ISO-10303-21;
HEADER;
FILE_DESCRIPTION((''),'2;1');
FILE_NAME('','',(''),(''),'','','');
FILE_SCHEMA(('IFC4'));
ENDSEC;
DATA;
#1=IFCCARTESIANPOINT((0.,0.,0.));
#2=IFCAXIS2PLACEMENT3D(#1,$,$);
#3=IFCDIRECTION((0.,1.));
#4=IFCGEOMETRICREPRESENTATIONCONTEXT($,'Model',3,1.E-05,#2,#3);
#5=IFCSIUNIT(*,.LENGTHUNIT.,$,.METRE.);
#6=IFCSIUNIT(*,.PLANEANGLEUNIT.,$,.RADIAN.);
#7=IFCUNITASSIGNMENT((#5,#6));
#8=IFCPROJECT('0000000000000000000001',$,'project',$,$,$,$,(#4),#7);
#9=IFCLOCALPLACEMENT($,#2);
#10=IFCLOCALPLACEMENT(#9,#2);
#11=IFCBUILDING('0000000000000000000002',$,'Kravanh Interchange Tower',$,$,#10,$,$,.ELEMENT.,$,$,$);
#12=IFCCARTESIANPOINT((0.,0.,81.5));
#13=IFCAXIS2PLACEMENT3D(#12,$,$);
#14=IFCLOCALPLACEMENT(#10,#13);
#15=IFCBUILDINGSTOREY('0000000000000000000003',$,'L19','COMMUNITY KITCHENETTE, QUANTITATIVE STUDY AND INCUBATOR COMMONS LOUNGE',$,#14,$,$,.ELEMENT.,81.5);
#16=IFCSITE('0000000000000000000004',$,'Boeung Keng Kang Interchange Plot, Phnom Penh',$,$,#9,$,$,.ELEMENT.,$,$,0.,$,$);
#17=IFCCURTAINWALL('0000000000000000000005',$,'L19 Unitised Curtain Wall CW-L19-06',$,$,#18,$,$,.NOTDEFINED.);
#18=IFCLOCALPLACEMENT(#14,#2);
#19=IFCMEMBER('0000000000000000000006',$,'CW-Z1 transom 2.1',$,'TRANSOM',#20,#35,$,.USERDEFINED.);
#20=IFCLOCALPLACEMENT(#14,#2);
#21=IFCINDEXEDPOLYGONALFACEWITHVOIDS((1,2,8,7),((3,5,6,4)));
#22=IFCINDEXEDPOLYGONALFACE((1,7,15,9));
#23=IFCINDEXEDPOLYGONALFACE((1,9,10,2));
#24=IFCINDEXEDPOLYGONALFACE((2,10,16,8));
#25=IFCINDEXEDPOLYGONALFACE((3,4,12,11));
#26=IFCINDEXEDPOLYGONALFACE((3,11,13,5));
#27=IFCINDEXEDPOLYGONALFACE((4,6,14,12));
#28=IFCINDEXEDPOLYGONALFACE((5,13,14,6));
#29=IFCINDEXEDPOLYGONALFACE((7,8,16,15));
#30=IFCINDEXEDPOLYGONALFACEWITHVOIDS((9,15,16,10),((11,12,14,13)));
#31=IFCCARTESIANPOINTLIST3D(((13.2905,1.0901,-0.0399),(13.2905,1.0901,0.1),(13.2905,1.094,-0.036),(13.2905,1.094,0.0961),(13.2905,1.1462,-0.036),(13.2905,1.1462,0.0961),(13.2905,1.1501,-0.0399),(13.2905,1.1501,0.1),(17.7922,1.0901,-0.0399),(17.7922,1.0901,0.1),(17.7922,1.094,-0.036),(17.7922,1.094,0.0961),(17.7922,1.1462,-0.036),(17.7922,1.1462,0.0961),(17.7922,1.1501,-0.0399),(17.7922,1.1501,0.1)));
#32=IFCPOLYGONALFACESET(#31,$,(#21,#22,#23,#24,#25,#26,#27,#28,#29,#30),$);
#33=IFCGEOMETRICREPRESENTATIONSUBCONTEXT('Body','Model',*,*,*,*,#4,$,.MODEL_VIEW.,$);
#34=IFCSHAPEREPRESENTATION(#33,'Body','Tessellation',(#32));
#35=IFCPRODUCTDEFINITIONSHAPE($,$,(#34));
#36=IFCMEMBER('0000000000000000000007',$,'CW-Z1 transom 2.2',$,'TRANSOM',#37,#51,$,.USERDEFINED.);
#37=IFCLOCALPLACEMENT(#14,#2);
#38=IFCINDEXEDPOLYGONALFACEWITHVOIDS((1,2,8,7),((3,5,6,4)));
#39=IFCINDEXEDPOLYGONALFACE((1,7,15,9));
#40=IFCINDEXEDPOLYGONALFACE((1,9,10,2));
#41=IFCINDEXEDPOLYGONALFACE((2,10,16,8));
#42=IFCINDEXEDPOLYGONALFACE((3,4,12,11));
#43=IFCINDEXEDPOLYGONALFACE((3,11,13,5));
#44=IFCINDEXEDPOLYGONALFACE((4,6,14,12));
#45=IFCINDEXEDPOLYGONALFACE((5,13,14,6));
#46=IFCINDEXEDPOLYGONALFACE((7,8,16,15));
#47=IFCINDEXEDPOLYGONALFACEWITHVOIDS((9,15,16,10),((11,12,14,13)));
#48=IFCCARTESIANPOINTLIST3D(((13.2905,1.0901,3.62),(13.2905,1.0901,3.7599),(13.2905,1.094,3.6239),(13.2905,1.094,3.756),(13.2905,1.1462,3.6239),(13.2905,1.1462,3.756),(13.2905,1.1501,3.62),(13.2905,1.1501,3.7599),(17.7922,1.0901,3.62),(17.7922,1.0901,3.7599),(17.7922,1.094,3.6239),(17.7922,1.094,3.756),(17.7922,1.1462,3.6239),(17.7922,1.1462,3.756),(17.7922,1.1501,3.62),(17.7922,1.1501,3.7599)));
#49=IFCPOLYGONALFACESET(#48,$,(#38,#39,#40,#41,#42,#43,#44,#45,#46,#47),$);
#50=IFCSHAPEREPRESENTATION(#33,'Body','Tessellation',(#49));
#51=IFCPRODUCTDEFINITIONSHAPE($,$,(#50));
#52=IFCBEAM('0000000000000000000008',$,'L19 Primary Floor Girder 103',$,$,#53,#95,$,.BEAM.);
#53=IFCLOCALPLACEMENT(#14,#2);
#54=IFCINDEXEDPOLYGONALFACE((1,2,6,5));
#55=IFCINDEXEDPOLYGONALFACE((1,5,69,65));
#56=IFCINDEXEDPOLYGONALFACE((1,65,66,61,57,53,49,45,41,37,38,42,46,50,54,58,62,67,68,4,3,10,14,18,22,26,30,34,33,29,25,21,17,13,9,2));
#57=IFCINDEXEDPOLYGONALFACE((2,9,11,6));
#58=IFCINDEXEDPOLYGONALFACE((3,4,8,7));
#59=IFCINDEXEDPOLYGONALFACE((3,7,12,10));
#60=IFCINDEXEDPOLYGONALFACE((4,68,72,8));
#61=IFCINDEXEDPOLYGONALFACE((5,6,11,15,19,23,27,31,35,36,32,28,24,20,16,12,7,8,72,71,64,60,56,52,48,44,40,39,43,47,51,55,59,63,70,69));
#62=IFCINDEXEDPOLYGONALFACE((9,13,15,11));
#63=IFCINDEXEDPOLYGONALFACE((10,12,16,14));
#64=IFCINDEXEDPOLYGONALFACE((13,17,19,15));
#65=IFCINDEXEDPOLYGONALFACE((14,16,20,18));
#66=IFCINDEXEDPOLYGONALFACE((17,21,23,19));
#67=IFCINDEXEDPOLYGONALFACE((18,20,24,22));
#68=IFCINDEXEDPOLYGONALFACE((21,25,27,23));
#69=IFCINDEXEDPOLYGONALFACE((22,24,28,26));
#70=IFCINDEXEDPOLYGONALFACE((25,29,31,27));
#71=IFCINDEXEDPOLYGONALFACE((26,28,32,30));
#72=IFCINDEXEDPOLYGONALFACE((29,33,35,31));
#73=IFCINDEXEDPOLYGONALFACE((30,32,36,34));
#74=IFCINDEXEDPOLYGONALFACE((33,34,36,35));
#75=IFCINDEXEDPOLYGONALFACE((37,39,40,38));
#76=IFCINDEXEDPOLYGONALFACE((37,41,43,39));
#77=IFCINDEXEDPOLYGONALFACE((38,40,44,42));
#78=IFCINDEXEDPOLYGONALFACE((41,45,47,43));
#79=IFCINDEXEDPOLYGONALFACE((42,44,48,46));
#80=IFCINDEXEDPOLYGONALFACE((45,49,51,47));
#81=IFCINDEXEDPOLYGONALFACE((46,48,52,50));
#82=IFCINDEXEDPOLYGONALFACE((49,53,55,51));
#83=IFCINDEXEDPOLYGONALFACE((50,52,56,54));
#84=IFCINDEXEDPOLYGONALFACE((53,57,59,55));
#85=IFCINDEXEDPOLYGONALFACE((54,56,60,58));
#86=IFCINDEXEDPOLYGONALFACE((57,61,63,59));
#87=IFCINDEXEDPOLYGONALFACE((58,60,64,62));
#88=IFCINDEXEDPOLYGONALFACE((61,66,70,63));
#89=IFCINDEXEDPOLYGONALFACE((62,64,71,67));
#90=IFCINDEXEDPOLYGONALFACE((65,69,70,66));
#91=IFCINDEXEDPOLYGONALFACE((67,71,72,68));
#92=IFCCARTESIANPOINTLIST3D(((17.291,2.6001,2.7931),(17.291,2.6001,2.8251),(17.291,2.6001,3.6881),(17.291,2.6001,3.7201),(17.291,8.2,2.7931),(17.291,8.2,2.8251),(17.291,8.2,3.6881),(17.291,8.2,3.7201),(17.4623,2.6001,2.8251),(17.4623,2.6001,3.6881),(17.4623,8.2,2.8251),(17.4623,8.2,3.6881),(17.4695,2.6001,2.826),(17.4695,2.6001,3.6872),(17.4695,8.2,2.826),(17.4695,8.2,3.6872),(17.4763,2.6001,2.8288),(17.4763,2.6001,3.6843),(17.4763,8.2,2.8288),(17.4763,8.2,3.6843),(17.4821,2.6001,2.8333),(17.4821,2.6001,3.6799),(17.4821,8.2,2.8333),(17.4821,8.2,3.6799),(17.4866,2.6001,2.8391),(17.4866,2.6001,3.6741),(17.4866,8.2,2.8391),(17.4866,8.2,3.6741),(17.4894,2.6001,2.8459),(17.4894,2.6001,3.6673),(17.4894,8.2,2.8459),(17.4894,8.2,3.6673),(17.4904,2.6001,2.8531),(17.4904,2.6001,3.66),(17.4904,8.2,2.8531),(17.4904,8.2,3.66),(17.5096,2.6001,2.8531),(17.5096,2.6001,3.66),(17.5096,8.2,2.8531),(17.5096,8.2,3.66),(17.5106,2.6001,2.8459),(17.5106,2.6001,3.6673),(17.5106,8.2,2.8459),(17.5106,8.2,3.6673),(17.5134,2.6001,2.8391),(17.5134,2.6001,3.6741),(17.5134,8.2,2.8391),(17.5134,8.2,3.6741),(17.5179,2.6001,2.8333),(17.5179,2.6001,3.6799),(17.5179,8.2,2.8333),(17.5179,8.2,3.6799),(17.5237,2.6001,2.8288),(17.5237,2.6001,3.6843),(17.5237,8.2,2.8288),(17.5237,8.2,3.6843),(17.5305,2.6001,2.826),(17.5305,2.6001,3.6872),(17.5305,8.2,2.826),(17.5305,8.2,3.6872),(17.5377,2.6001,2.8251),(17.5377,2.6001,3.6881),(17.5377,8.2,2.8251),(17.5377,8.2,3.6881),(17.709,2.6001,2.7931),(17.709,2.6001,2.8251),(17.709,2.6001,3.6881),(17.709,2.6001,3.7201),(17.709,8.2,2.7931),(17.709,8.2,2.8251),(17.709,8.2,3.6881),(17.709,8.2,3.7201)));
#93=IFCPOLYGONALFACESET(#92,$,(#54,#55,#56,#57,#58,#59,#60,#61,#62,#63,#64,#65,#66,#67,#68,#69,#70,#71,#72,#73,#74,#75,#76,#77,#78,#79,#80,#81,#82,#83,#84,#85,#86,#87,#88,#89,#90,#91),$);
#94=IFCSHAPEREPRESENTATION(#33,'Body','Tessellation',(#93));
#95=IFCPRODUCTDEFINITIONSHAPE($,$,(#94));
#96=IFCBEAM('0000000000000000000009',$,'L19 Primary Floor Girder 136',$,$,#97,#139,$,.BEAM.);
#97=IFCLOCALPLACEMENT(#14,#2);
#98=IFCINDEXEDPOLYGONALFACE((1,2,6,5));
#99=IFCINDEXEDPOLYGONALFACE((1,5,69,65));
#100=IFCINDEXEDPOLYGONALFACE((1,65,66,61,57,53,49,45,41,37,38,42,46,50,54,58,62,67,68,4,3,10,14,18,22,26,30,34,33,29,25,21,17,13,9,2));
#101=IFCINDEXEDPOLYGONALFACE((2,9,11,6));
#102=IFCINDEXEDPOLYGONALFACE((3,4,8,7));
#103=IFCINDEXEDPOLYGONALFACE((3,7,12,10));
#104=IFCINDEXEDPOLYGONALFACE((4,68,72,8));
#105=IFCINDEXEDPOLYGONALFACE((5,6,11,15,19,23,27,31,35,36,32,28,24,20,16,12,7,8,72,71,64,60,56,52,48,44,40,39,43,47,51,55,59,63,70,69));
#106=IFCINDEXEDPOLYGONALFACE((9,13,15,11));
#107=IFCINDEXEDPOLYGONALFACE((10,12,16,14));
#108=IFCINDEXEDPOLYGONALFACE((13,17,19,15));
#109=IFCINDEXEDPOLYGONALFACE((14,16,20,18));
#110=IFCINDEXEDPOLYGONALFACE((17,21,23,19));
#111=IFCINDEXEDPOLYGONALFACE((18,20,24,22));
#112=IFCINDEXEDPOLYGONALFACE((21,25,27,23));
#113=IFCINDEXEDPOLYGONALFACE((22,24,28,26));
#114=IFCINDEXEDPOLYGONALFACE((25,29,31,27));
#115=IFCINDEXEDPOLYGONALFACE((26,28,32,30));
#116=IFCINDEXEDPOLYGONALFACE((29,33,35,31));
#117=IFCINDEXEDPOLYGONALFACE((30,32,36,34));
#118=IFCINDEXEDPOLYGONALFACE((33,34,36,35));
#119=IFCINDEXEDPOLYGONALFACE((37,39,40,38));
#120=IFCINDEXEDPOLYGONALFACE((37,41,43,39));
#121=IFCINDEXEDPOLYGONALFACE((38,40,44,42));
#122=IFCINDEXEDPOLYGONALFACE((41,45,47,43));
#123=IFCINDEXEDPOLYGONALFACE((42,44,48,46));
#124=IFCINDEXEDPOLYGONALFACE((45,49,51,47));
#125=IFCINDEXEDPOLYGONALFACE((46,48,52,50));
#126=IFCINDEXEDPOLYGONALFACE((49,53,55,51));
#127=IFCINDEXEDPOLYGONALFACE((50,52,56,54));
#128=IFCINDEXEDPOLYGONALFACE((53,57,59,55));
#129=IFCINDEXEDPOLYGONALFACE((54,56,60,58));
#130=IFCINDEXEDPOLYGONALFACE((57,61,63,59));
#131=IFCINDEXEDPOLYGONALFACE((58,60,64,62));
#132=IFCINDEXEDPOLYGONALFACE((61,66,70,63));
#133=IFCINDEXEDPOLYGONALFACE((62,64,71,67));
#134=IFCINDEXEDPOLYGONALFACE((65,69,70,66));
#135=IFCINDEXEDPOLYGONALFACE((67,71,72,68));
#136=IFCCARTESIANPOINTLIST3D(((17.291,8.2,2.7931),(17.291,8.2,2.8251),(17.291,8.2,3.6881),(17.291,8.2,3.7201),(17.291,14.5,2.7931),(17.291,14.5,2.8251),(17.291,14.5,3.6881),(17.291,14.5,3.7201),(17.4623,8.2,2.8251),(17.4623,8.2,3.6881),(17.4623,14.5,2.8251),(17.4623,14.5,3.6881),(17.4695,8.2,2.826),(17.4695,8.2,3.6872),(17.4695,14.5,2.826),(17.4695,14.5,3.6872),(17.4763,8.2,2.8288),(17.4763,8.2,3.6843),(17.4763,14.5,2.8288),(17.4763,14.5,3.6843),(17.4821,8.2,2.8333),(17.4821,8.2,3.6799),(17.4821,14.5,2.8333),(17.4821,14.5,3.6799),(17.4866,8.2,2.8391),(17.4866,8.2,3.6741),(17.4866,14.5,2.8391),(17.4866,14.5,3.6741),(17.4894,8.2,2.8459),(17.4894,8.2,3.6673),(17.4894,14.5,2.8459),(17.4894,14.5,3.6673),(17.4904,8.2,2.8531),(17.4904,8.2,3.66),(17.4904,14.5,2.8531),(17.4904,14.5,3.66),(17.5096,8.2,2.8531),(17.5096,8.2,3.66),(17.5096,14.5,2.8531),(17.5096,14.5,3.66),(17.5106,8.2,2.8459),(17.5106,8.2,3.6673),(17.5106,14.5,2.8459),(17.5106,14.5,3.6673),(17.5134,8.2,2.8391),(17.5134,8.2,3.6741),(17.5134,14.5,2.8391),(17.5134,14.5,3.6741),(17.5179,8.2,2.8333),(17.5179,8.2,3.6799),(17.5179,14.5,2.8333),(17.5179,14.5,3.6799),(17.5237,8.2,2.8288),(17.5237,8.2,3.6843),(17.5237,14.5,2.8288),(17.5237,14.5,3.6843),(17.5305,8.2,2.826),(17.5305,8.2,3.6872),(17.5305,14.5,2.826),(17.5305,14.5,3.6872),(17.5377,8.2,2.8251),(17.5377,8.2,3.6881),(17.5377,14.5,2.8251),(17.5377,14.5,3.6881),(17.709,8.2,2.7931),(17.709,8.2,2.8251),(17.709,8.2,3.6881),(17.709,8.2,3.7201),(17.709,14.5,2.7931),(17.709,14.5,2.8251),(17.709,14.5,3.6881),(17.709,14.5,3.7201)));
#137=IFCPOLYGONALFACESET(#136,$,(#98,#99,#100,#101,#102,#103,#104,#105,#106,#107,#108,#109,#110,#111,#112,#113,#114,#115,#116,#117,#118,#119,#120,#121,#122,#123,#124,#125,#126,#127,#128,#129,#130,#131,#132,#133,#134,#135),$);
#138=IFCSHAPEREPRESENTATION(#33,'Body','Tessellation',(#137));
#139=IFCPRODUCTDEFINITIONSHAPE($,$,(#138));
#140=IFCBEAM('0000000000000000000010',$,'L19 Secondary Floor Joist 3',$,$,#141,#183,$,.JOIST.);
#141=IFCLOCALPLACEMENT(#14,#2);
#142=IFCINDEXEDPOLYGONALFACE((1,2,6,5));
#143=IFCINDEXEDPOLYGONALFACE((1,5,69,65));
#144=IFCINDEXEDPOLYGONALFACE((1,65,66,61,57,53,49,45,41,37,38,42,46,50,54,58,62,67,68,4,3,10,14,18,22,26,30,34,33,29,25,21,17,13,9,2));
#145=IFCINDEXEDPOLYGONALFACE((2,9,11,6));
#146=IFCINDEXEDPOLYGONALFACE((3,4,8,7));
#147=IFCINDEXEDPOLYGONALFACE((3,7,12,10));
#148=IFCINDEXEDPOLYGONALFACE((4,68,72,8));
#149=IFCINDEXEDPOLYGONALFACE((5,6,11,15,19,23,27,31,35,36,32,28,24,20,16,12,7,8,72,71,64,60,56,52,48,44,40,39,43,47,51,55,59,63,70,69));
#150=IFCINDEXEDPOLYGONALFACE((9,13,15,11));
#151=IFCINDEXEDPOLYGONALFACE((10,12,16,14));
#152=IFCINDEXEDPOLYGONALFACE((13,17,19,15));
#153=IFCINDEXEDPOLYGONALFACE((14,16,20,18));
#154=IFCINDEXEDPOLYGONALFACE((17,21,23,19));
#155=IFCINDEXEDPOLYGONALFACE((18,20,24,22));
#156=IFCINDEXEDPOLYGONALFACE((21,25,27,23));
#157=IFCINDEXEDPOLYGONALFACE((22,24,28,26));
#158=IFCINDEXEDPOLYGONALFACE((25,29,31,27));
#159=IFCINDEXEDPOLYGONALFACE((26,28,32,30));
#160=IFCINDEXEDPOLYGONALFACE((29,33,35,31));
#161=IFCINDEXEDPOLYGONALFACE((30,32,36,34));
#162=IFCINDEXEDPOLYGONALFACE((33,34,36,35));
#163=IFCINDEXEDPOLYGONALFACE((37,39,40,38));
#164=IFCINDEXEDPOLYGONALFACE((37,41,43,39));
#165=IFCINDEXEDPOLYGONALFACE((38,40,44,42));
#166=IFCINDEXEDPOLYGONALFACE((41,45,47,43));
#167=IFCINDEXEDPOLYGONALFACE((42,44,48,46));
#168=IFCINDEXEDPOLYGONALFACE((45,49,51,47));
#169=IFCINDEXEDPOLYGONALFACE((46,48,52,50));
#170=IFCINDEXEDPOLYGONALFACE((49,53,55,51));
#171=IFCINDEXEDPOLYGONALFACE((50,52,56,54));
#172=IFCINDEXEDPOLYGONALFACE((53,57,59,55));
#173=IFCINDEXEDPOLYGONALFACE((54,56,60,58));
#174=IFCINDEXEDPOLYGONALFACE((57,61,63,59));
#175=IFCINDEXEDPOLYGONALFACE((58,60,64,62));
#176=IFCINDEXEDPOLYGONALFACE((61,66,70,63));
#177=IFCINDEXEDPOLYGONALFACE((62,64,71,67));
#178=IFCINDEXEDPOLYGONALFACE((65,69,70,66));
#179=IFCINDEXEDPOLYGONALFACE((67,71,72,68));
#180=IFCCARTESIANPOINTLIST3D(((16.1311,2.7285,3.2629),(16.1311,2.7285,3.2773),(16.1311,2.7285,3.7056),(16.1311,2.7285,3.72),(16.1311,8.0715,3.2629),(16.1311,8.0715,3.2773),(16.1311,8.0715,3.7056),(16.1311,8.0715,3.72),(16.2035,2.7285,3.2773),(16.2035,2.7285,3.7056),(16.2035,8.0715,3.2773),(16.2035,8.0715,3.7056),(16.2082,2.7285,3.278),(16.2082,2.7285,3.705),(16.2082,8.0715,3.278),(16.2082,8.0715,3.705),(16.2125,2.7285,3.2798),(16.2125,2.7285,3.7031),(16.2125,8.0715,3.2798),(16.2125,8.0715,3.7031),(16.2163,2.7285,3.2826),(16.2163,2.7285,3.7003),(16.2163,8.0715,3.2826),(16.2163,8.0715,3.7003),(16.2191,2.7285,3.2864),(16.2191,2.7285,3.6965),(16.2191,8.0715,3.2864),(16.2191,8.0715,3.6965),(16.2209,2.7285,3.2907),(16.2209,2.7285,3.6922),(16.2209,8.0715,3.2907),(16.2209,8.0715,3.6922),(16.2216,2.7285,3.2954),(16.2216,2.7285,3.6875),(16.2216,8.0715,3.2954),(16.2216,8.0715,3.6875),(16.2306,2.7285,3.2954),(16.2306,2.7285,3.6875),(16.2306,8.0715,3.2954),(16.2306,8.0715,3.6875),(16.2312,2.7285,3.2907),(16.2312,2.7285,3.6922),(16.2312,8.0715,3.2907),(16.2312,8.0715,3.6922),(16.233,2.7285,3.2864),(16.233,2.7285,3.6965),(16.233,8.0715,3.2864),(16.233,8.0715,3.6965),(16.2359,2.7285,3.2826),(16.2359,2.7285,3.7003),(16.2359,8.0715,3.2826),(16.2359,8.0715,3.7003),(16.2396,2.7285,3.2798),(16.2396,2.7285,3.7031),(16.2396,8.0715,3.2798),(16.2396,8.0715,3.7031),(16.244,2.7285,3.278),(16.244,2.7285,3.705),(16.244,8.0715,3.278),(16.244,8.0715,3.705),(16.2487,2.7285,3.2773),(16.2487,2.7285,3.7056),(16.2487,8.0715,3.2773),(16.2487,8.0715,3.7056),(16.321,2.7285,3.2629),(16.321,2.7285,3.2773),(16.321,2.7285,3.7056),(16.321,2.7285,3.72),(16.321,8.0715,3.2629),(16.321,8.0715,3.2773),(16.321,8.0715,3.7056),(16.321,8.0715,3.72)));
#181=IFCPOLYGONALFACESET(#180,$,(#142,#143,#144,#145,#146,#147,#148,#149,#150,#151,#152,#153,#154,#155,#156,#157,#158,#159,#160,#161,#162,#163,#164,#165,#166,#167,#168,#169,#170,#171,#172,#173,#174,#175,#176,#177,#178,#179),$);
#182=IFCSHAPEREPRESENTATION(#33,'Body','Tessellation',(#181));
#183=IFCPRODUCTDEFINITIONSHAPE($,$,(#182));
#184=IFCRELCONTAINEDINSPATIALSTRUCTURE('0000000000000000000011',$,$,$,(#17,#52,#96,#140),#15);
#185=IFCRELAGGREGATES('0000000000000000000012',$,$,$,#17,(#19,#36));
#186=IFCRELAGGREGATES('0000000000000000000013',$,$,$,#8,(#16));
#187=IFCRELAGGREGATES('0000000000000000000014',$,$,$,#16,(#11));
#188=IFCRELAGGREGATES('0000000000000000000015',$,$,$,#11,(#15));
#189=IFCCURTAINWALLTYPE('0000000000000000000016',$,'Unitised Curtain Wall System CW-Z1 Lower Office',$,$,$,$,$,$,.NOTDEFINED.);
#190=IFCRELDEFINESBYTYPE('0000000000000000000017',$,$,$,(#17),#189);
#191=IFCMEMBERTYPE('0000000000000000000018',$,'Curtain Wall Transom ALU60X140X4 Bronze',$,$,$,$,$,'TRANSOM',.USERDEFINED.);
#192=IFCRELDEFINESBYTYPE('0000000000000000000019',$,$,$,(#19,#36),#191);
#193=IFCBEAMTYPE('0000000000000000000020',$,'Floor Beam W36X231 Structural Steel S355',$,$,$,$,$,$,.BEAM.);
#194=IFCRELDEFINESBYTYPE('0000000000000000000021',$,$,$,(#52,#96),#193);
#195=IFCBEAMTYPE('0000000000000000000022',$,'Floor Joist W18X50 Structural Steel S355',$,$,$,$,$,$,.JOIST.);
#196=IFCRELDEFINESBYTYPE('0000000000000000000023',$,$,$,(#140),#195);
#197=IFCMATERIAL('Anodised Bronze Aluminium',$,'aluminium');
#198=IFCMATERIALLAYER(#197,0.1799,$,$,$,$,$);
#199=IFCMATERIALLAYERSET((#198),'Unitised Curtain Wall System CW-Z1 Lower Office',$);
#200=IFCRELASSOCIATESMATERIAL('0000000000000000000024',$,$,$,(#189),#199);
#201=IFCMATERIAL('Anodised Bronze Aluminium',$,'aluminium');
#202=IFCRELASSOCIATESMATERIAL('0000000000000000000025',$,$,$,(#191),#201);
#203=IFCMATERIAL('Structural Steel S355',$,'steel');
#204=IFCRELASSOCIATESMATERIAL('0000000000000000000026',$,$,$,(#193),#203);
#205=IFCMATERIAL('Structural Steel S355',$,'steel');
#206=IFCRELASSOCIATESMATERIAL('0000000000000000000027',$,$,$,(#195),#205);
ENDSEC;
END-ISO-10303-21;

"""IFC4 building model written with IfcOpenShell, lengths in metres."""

from ifc_helpers import new_model, si_unit, direction, frame, origin, origin_2d, place, context, subcontext, project, spatial, hollow_rectangle, i_section, extrude, material, layer, layer_set, material_profile, profile_set, type_object, element, aggregate, save


model = new_model("IFC4")

# Units and contexts
model_context = context("Model", 3, precision=1e-05, world=origin(), true_north=direction((0.0, 1.0)))
body_context = subcontext(model_context, "Body", "Model", "MODEL_VIEW")
ifc_project = project(units=[si_unit("LENGTHUNIT", "METRE"), si_unit("PLANEANGLEUNIT", "RADIAN")], contexts=[model_context])

# Site, building, storey
site_placement = place(None, origin())
site = spatial("IfcSite", under=ifc_project, at=site_placement, Name="Boeung Keng Kang Interchange Plot, Phnom Penh", CompositionType="ELEMENT", RefElevation=0.0)
building_placement = place(site_placement, origin())
building = spatial("IfcBuilding", under=site, at=building_placement, Name="Kravanh Interchange Tower", CompositionType="ELEMENT")
storey_placement = place(building_placement, frame((0.0, 0.0, 81.5)))
storey = spatial("IfcBuildingStorey", under=building, at=storey_placement, Name="L19", Description="COMMUNITY KITCHENETTE, QUANTITATIVE STUDY AND INCUBATOR COMMONS LOUNGE", CompositionType="ELEMENT", Elevation=81.5)

# Curtain wall, members
ifc_material_1 = material(Name="Anodised Bronze Aluminium", Category="aluminium")
ifc_layer_1 = layer(ifc_material_1, 0.1799)
ifc_layer_set_1 = layer_set([ifc_layer_1], Name="Unitised Curtain Wall System CW-Z1 Lower Office")
curtain_wall_type = type_object("IfcCurtainWallType", Name="Unitised Curtain Wall System CW-Z1 Lower Office", PredefinedType="NOTDEFINED", material=ifc_layer_set_1)
curtain_wall_placement = place(storey_placement, origin())
curtain_wall = element("IfcCurtainWall", 1, at=curtain_wall_placement, inside=storey, type_object=curtain_wall_type, Name="L19 Unitised Curtain Wall CW-L19-06", PredefinedType="NOTDEFINED")
ifc_material_2 = material(Name="Anodised Bronze Aluminium", Category="aluminium")
ifc_material_profile_1 = material_profile(ifc_material_2, hollow_rectangle(XDim=0.0601, YDim=0.1399, WallThickness=0.0039, at=origin_2d()), Name="ALU60X140X4")
ifc_profile_set_1 = profile_set([ifc_material_profile_1], Name="Anodised Bronze Aluminium")
member_type_1 = type_object("IfcMemberType", Name="Curtain Wall Transom ALU60X140X4 Bronze", ElementType="TRANSOM", PredefinedType="USERDEFINED", material=ifc_profile_set_1)
member_1_placement = place(storey_placement, frame((17.7922, 1.1201, 0.03), z_axis=(-1.0, 0.0, 0.0), x_axis=(0.0, -1.0, 0.0)))
member_1 = element("IfcMember", 2, at=member_1_placement, type_object=member_type_1, Name="CW-Z1 transom 2.1", ObjectType="TRANSOM", PredefinedType="USERDEFINED", context=body_context, shape_type="SweptSolid", body=[
    extrude(hollow_rectangle(XDim=0.0601, YDim=0.1399, WallThickness=0.0039, at=origin_2d()), origin(), (0.0, 0.0, 1.0), 4.5017),
])
member_2_placement = place(storey_placement, frame((17.7922, 1.1201, 3.6899), z_axis=(-1.0, 0.0, 0.0), x_axis=(0.0, -1.0, 0.0)))
member_2 = element("IfcMember", 3, at=member_2_placement, type_object=member_type_1, Name="CW-Z1 transom 2.2", ObjectType="TRANSOM", PredefinedType="USERDEFINED", context=body_context, shape_type="SweptSolid", body=[
    extrude(hollow_rectangle(XDim=0.0601, YDim=0.1399, WallThickness=0.0039, at=origin_2d()), origin(), (0.0, 0.0, 1.0), 4.5017),
])

# Beams
ifc_material_3 = material(Name="Structural Steel S355", Category="steel")
ifc_material_profile_2 = material_profile(ifc_material_3, i_section(OverallWidth=0.418, OverallDepth=0.927, WebThickness=0.0193, FlangeThickness=0.032, FilletRadius=0.0281, at=origin_2d()), Name="W36X231")
ifc_profile_set_2 = profile_set([ifc_material_profile_2], Name="Structural Steel S355")
beam_type_1 = type_object("IfcBeamType", Name="Floor Beam W36X231 Structural Steel S355", PredefinedType="BEAM", material=ifc_profile_set_2)
beam_1_placement = place(storey_placement, frame((17.5, 2.6001, 3.2566), z_axis=(0.0, 1.0, 0.0), x_axis=(-1.0, 0.0, 0.0)))
element("IfcBeam", 4, at=beam_1_placement, inside=storey, type_object=beam_type_1, Name="L19 Primary Floor Girder 103", PredefinedType="BEAM", context=body_context, shape_type="SweptSolid", body=[
    extrude(i_section(OverallWidth=0.418, OverallDepth=0.927, WebThickness=0.0193, FlangeThickness=0.032, FilletRadius=0.0281, at=origin_2d()), origin(), (0.0, 0.0, 1.0), 5.5999),
])
beam_2_placement = place(storey_placement, frame((17.5, 8.2, 3.2566), z_axis=(0.0, 1.0, 0.0), x_axis=(-1.0, 0.0, 0.0)))
element("IfcBeam", 5, at=beam_2_placement, inside=storey, type_object=beam_type_1, Name="L19 Primary Floor Girder 136", PredefinedType="BEAM", context=body_context, shape_type="SweptSolid", body=[
    extrude(i_section(OverallWidth=0.418, OverallDepth=0.927, WebThickness=0.0193, FlangeThickness=0.032, FilletRadius=0.0281, at=origin_2d()), origin(), (0.0, 0.0, 1.0), 6.3),
])
ifc_material_4 = material(Name="Structural Steel S355", Category="steel")
ifc_material_profile_3 = material_profile(ifc_material_4, i_section(OverallWidth=0.1899, OverallDepth=0.457, WebThickness=0.009, FlangeThickness=0.0144, FilletRadius=0.0181, at=origin_2d()), Name="W18X50")
ifc_profile_set_3 = profile_set([ifc_material_profile_3], Name="Structural Steel S355")
beam_type_2 = type_object("IfcBeamType", Name="Floor Joist W18X50 Structural Steel S355", PredefinedType="JOIST", material=ifc_profile_set_3)
for number, where, z_axis, x_axis, name in (
    (6, (16.2261, 2.7285, 3.4915), (0.0, 1.0, 0.0), (-1.0, 0.0, 0.0), "L19 Secondary Floor Joist 3"),
):
    element("IfcBeam", number, at=place(storey_placement, frame(where, z_axis=z_axis, x_axis=x_axis)), inside=storey, type_object=beam_type_2, Name=name, PredefinedType="JOIST", context=body_context, shape_type="SweptSolid", body=[
        extrude(i_section(OverallWidth=0.1899, OverallDepth=0.457, WebThickness=0.009, FlangeThickness=0.0144, FilletRadius=0.0181, at=origin_2d()), origin(), (0.0, 0.0, 1.0), 5.343),
    ])

aggregate(curtain_wall, [member_1, member_2])

save(model, "model.ifc")
